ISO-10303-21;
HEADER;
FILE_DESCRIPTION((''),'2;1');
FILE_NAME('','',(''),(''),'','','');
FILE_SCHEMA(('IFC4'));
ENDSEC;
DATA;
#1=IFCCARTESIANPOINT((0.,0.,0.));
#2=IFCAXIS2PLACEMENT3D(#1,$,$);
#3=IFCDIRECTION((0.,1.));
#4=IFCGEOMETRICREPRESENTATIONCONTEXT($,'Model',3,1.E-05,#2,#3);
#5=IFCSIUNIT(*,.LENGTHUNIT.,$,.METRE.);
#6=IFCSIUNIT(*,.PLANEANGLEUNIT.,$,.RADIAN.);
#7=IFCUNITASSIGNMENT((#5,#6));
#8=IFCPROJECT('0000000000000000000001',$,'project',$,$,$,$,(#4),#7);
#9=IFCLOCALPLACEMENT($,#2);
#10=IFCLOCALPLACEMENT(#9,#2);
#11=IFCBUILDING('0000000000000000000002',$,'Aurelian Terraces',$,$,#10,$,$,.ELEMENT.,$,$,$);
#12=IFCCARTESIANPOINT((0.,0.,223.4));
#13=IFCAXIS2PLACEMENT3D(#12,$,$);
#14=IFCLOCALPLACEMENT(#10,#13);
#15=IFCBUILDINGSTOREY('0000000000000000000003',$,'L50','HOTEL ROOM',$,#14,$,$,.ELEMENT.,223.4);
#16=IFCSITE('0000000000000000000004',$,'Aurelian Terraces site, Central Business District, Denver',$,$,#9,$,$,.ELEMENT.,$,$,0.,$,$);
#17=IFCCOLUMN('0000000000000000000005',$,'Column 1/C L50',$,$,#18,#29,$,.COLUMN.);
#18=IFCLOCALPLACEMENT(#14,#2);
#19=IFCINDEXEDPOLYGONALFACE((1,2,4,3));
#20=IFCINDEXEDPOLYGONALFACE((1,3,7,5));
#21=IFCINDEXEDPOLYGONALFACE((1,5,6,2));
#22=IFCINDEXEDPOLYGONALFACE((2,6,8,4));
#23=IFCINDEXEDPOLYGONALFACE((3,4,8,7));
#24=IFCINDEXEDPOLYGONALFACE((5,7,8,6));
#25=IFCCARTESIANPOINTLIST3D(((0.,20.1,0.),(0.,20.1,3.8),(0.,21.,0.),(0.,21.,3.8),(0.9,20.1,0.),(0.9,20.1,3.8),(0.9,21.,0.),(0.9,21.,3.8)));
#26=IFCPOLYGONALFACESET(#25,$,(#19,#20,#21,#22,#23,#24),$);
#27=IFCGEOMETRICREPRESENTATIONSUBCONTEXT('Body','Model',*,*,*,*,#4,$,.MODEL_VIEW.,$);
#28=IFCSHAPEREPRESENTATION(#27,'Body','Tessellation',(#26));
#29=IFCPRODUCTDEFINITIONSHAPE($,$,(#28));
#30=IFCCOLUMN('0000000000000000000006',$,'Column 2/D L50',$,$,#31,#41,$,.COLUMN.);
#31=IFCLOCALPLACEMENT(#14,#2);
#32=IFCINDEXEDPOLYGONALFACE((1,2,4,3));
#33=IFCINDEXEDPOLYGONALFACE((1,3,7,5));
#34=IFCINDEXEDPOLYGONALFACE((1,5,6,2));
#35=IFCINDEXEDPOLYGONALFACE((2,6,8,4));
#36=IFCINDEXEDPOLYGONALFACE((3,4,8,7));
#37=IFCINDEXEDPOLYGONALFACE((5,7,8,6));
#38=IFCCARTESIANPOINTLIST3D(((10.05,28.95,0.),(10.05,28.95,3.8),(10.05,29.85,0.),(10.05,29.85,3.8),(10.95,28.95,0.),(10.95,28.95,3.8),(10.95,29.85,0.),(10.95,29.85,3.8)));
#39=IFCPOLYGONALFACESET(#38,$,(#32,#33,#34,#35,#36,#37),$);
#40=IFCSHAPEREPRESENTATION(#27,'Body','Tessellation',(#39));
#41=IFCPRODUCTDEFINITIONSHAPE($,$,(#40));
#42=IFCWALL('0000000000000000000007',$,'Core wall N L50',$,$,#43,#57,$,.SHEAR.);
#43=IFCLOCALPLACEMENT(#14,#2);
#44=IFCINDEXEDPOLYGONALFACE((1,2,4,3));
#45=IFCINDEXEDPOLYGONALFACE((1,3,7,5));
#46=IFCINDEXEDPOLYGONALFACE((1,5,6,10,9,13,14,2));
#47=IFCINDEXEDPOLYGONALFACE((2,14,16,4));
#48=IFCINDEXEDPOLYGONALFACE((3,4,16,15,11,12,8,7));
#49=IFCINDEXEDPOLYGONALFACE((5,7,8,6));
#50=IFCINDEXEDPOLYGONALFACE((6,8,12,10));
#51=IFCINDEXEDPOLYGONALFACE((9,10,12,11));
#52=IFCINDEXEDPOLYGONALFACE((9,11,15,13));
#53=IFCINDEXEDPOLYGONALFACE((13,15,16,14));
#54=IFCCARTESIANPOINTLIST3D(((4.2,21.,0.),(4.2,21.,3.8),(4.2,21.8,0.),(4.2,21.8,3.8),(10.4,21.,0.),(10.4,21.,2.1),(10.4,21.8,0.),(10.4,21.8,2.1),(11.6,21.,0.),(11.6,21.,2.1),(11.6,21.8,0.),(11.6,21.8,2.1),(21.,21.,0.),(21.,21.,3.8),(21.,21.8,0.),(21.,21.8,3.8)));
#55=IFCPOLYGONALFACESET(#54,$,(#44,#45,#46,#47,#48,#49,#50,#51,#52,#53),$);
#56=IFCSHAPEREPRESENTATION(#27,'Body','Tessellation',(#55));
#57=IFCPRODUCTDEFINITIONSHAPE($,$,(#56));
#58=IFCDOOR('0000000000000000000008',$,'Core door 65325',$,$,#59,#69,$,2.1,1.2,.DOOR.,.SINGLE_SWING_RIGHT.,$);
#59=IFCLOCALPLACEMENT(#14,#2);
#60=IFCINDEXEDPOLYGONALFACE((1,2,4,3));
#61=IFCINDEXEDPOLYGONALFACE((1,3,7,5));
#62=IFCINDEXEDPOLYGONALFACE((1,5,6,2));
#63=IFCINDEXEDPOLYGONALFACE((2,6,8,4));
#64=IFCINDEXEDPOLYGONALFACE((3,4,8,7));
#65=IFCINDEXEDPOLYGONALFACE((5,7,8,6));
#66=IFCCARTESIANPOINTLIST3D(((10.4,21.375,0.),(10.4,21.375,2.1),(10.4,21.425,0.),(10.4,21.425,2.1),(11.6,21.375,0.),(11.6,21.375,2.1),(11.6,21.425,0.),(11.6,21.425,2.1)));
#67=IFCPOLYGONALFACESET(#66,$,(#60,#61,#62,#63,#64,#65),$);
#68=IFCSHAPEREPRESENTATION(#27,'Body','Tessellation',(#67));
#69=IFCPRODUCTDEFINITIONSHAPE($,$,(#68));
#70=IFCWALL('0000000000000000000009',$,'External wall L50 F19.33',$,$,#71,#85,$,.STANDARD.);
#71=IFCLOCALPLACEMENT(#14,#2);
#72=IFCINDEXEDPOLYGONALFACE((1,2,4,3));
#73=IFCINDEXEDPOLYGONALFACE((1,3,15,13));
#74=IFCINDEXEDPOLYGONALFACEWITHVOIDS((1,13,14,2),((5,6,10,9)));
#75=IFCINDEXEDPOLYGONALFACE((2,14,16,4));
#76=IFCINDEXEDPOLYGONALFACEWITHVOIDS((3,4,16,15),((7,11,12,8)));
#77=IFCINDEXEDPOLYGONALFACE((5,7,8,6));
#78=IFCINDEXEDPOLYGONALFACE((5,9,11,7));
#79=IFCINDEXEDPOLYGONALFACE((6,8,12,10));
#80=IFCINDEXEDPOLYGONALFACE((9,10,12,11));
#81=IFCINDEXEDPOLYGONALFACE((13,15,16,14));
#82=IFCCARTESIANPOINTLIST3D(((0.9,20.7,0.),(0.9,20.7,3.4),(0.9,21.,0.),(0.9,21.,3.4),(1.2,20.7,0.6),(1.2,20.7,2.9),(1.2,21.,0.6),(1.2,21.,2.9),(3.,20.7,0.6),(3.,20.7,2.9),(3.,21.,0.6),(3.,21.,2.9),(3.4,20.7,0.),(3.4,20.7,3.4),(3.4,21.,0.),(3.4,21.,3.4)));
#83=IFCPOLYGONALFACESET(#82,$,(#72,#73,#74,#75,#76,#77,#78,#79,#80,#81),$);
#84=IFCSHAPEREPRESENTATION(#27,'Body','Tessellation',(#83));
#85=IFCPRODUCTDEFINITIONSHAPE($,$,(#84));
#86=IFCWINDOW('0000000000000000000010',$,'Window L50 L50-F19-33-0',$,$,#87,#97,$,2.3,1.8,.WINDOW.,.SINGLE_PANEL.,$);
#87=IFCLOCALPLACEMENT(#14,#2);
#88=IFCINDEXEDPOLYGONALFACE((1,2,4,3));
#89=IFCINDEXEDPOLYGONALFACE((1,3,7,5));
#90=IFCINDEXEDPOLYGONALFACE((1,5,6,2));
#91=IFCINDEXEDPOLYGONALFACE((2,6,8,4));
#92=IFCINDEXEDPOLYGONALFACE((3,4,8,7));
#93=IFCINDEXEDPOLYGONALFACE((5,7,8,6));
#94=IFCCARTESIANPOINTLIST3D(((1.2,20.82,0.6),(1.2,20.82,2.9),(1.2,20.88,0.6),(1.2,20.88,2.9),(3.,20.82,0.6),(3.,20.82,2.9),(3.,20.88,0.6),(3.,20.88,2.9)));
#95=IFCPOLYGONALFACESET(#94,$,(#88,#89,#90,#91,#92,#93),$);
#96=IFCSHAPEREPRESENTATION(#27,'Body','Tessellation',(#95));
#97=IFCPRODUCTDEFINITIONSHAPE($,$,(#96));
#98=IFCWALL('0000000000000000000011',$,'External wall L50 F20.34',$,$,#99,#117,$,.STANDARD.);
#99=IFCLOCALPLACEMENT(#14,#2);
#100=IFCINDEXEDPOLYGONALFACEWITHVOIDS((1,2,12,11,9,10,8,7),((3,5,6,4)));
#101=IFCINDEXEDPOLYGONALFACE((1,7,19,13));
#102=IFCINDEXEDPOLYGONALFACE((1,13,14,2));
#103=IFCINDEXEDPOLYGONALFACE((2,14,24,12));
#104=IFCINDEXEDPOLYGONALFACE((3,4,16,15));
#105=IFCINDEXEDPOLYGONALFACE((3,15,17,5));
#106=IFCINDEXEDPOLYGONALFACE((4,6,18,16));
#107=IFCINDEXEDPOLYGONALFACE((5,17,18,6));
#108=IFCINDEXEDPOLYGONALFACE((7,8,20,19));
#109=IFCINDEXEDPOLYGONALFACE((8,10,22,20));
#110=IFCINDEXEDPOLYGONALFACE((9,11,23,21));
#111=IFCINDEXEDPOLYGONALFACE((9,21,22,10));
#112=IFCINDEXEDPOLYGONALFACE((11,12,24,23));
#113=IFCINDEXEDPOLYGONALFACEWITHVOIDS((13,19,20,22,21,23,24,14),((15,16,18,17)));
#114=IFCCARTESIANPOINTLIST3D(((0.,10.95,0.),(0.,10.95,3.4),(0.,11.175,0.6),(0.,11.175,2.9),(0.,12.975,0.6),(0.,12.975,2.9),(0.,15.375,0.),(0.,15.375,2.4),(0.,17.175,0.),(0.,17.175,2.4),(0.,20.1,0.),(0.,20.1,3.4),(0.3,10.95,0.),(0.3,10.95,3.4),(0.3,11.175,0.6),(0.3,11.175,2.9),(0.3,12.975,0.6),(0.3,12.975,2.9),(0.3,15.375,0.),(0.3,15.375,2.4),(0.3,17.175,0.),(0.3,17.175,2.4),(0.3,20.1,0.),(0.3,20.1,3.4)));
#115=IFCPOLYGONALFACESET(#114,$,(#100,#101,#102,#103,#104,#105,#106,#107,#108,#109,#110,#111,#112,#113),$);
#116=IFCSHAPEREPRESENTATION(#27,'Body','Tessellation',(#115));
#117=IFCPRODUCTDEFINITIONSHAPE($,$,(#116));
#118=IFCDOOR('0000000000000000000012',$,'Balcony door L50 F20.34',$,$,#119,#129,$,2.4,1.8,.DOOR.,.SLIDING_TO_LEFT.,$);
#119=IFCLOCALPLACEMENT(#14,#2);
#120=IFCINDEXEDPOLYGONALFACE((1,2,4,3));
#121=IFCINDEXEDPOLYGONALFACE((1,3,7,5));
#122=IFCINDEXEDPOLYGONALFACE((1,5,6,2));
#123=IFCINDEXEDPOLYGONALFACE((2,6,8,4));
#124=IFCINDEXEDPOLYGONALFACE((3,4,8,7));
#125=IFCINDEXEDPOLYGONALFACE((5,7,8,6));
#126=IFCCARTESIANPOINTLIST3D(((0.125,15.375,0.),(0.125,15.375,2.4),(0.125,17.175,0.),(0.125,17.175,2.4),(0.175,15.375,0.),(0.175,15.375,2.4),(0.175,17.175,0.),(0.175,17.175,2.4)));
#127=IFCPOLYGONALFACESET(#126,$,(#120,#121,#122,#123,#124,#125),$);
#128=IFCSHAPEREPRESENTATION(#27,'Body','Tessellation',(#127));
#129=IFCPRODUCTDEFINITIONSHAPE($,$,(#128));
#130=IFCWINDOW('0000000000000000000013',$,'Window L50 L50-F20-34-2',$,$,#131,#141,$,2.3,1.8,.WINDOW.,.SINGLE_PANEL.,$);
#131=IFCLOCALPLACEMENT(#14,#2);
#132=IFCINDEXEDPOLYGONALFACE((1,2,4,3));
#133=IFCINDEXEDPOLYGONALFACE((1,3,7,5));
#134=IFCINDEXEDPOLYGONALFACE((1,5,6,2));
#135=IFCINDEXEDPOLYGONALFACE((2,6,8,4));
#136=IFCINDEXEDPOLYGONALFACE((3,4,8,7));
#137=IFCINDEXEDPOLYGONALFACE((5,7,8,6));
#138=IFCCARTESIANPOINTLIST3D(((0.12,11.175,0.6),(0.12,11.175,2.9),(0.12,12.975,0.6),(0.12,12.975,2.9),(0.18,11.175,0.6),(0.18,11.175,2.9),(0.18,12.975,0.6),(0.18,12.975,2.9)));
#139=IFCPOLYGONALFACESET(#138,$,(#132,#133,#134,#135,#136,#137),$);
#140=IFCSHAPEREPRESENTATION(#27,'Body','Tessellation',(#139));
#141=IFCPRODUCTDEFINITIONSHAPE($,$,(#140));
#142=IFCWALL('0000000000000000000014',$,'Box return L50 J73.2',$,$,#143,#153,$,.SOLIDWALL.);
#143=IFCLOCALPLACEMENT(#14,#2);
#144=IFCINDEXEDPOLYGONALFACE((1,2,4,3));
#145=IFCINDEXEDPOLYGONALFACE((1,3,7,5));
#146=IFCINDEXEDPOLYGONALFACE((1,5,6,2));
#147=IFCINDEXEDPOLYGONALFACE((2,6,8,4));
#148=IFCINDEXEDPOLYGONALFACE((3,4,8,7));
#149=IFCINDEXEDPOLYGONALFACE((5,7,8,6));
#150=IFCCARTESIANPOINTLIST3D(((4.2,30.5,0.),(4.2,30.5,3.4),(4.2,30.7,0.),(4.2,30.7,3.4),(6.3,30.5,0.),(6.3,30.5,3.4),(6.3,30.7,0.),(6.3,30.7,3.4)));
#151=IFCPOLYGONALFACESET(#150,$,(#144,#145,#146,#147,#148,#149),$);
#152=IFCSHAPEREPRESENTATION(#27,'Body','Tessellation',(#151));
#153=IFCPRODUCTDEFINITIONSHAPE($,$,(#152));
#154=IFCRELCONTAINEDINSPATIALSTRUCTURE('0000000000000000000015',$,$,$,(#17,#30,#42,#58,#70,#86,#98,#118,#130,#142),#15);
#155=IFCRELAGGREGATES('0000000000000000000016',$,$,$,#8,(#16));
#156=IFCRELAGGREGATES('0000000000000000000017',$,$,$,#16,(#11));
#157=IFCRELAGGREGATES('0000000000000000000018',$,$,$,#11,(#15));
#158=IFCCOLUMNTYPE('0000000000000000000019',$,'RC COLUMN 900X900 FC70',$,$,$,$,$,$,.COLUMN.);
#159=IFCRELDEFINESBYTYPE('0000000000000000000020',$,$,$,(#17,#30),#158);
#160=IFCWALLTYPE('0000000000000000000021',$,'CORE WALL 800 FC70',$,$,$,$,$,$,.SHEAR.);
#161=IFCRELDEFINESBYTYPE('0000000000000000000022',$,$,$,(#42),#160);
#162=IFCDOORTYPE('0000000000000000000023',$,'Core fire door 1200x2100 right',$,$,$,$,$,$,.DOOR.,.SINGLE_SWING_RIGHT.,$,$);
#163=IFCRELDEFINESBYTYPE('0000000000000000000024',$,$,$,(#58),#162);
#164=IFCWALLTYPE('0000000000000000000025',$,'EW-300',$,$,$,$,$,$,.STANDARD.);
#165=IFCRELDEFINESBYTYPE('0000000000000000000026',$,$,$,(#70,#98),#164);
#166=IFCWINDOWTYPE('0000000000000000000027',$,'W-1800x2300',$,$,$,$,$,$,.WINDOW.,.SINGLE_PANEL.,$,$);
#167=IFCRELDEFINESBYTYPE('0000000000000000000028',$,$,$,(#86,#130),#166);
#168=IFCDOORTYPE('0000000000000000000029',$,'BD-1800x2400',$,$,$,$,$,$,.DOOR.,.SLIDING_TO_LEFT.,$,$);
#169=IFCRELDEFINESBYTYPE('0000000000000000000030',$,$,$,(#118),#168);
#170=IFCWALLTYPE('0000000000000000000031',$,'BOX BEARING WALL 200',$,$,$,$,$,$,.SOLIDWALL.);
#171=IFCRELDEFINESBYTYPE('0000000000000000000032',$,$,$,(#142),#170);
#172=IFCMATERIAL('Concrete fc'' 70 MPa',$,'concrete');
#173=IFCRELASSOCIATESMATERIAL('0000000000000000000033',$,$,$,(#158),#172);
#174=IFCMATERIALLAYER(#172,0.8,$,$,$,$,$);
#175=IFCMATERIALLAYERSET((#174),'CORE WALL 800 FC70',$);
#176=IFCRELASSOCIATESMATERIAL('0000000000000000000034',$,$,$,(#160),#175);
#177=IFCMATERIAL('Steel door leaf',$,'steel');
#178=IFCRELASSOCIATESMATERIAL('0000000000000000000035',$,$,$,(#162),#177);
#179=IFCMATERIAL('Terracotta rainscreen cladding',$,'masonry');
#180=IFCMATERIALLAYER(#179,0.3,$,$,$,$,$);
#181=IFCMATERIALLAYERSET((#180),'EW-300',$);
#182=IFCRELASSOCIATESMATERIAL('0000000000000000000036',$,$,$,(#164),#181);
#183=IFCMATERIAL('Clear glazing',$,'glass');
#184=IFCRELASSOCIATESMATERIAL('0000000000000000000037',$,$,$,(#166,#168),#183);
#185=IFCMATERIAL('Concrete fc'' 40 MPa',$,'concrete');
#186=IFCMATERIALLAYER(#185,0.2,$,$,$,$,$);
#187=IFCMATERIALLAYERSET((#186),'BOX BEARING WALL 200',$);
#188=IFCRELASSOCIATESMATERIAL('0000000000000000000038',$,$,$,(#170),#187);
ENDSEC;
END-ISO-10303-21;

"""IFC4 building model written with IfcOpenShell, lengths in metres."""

from ifc_helpers import new_model, si_unit, direction, frame, frame_2d, origin, origin_2d, place, context, subcontext, project, spatial, rectangle, extrude, source, transform, mapped, material, layer, layer_set, material_profile, profile_set, type_object, element, fill, save


model = new_model("IFC4")

# Units and contexts
model_context = context("Model", 3, precision=1e-05, world=origin(), true_north=direction((0.0, 1.0)))
body_context = subcontext(model_context, "Body", "Model", "MODEL_VIEW")
ifc_project = project(units=[si_unit("LENGTHUNIT", "METRE"), si_unit("PLANEANGLEUNIT", "RADIAN")], contexts=[model_context])

# Site, building, storey
site_placement = place(None, origin())
site = spatial("IfcSite", under=ifc_project, at=site_placement, Name="Aurelian Terraces site, Central Business District, Denver", CompositionType="ELEMENT", RefElevation=0.0)
building_placement = place(site_placement, origin())
building = spatial("IfcBuilding", under=site, at=building_placement, Name="Aurelian Terraces", CompositionType="ELEMENT")
storey_placement = place(building_placement, frame((0.0, 0.0, 223.4)))
storey = spatial("IfcBuildingStorey", under=building, at=storey_placement, Name="L50", Description="HOTEL ROOM", CompositionType="ELEMENT", Elevation=223.4)

# Columns
ifc_material_1 = material(Name="Concrete fc' 70 MPa", Category="concrete")
ifc_material_profile = material_profile(ifc_material_1, rectangle(XDim=0.9, YDim=0.9, at=origin_2d()))
ifc_profile_set = profile_set([ifc_material_profile], Name="Concrete fc' 70 MPa")
column_type = type_object("IfcColumnType", Name="RC COLUMN 900X900 FC70", PredefinedType="COLUMN", material=ifc_profile_set)
shared_shape_1 = source(origin(), body_context, "Body", "SweptSolid", [
    extrude(rectangle(XDim=0.9, YDim=0.9, at=origin_2d()), origin(), (0.0, 0.0, 1.0), 3.8),
])
for number, where, z_axis, x_axis, name in (
    (1, (0.45, 20.55, 0.0), (0.0, 0.0, 1.0), (1.0, 0.0, 0.0), "Column 1/C L50"),
    (2, (10.5, 29.4, 0.0), (0.0, 0.0, 1.0), (1.0, 0.0, 0.0), "Column 2/D L50"),
):
    element("IfcColumn", number, at=place(storey_placement, frame(where, z_axis=z_axis, x_axis=x_axis)), inside=storey, type_object=column_type, Name=name, PredefinedType="COLUMN", context=body_context, shape_type="MappedRepresentation", body=[
        mapped(shared_shape_1, transform((0.0, 0.0, 0.0), scale=1.0)),
    ])

# Wall, opening, door
ifc_layer_1 = layer(ifc_material_1, 0.8)
ifc_layer_set_1 = layer_set([ifc_layer_1], Name="CORE WALL 800 FC70")
wall_type_1 = type_object("IfcWallType", Name="CORE WALL 800 FC70", PredefinedType="SHEAR", material=ifc_layer_set_1)
shared_shape_2 = source(origin(), body_context, "Body", "SweptSolid", [
    extrude(rectangle(XDim=16.8, YDim=0.8, at=frame_2d((8.4, 0.0))), origin(), (0.0, 0.0, 1.0), 3.8),
])
wall_1_placement = place(storey_placement, frame((4.2, 21.4, 0.0), z_axis=(0.0, 0.0, 1.0), x_axis=(1.0, 0.0, 0.0)))
wall_1 = element("IfcWall", 3, at=wall_1_placement, inside=storey, type_object=wall_type_1, Name="Core wall N L50", PredefinedType="SHEAR", context=body_context, shape_type="MappedRepresentation", body=[
    mapped(shared_shape_2, transform((0.0, 0.0, 0.0), scale=1.0)),
])
shared_shape_3 = source(origin(), body_context, "Body", "SweptSolid", [
    extrude(rectangle(XDim=1.2, YDim=2.1, at=frame_2d((0.6, 1.05))), frame((0.0, 0.41, 0.0), z_axis=(0.0, -1.0, 0.0), x_axis=(1.0, 0.0, 0.0)), (0.0, 0.0, 1.0), 0.82),
])
opening_1_placement = place(wall_1_placement, frame((6.2, 0.0, 0.0)))
opening_1 = element("IfcOpeningElement", 4, at=opening_1_placement, cuts=wall_1, PredefinedType="OPENING", context=body_context, shape_type="MappedRepresentation", body=[
    mapped(shared_shape_3, transform((0.0, 0.0, 0.0), scale=1.0)),
])
ifc_material_2 = material(Name="Steel door leaf", Category="steel")
door_type_1 = type_object("IfcDoorType", Name="Core fire door 1200x2100 right", OperationType="SINGLE_SWING_RIGHT", PredefinedType="DOOR", material=ifc_material_2)
shared_shape_4 = source(origin(), body_context, "Body", "SweptSolid", [
    extrude(rectangle(XDim=1.2, YDim=2.1, at=frame_2d((0.6, 1.05))), frame((0.0, 0.025, 0.0), z_axis=(0.0, -1.0, 0.0), x_axis=(1.0, 0.0, 0.0)), (0.0, 0.0, 1.0), 0.05),
])
door_1_placement = place(opening_1_placement, origin())
door_1 = element("IfcDoor", 5, at=door_1_placement, inside=storey, type_object=door_type_1, Name="Core door 65325", OperationType="SINGLE_SWING_RIGHT", OverallHeight=2.1, OverallWidth=1.2, PredefinedType="DOOR", context=body_context, shape_type="MappedRepresentation", body=[
    mapped(shared_shape_4, transform((0.0, 0.0, 0.0), scale=1.0)),
])
fill(opening_1, door_1)

# Wall, opening, window
ifc_material_3 = material(Name="Terracotta rainscreen cladding", Category="masonry")
ifc_layer_2 = layer(ifc_material_3, 0.3)
ifc_layer_set_2 = layer_set([ifc_layer_2], Name="EW-300")
wall_type_2 = type_object("IfcWallType", Name="EW-300", PredefinedType="STANDARD", material=ifc_layer_set_2)
shared_shape_5 = source(origin(), body_context, "Body", "SweptSolid", [
    extrude(rectangle(XDim=2.5, YDim=0.3, at=frame_2d((1.25, 0.0))), origin(), (0.0, 0.0, 1.0), 3.4),
])
wall_2_placement = place(storey_placement, frame((3.4, 20.85, 0.0), z_axis=(0.0, 0.0, 1.0), x_axis=(-1.0, 0.0, 0.0)))
wall_2 = element("IfcWall", 6, at=wall_2_placement, inside=storey, type_object=wall_type_2, Name="External wall L50 F19.33", PredefinedType="STANDARD", context=body_context, shape_type="MappedRepresentation", body=[
    mapped(shared_shape_5, transform((0.0, 0.0, 0.0), scale=1.0)),
])
shared_shape_6 = source(origin(), body_context, "Body", "SweptSolid", [
    extrude(rectangle(XDim=1.8, YDim=2.3, at=frame_2d((0.9, 1.15))), frame((0.0, 0.16, 0.0), z_axis=(0.0, -1.0, 0.0), x_axis=(1.0, 0.0, 0.0)), (0.0, 0.0, 1.0), 0.32),
])
opening_2_placement = place(wall_2_placement, frame((0.4, 0.0, 0.6)))
opening_2 = element("IfcOpeningElement", 7, at=opening_2_placement, cuts=wall_2, PredefinedType="OPENING", context=body_context, shape_type="MappedRepresentation", body=[
    mapped(shared_shape_6, transform((0.0, 0.0, 0.0), scale=1.0)),
])
ifc_material_4 = material(Name="Clear glazing", Category="glass")
window_type = type_object("IfcWindowType", Name="W-1800x2300", PartitioningType="SINGLE_PANEL", PredefinedType="WINDOW", material=ifc_material_4)
shared_shape_7 = source(origin(), body_context, "Body", "SweptSolid", [
    extrude(rectangle(XDim=1.8, YDim=2.3, at=frame_2d((0.9, 1.15))), frame((0.0, 0.03, 0.0), z_axis=(0.0, -1.0, 0.0), x_axis=(1.0, 0.0, 0.0)), (0.0, 0.0, 1.0), 0.06),
])
window_1_placement = place(opening_2_placement, origin())
window_1 = element("IfcWindow", 8, at=window_1_placement, inside=storey, type_object=window_type, Name="Window L50 L50-F19-33-0", OverallHeight=2.3, OverallWidth=1.8, PartitioningType="SINGLE_PANEL", PredefinedType="WINDOW", context=body_context, shape_type="MappedRepresentation", body=[
    mapped(shared_shape_7, transform((0.0, 0.0, 0.0), scale=1.0)),
])
fill(opening_2, window_1)

# Wall, openings, door, window
shared_shape_8 = source(origin(), body_context, "Body", "SweptSolid", [
    extrude(rectangle(XDim=9.15, YDim=0.3, at=frame_2d((4.575, 0.0))), origin(), (0.0, 0.0, 1.0), 3.4),
])
wall_3_placement = place(storey_placement, frame((0.15, 20.1, 0.0), z_axis=(0.0, 0.0, 1.0), x_axis=(0.0, -1.0, 0.0)))
wall_3 = element("IfcWall", 9, at=wall_3_placement, inside=storey, type_object=wall_type_2, Name="External wall L50 F20.34", PredefinedType="STANDARD", context=body_context, shape_type="MappedRepresentation", body=[
    mapped(shared_shape_8, transform((0.0, 0.0, 0.0), scale=1.0)),
])
shared_shape_9 = source(origin(), body_context, "Body", "SweptSolid", [
    extrude(rectangle(XDim=1.8, YDim=2.4, at=frame_2d((0.9, 1.2))), frame((0.0, 0.16, 0.0), z_axis=(0.0, -1.0, 0.0), x_axis=(1.0, 0.0, 0.0)), (0.0, 0.0, 1.0), 0.32),
])
opening_3_placement = place(wall_3_placement, frame((2.925, 0.0, 0.0)))
opening_3 = element("IfcOpeningElement", 10, at=opening_3_placement, cuts=wall_3, PredefinedType="OPENING", context=body_context, shape_type="MappedRepresentation", body=[
    mapped(shared_shape_9, transform((0.0, 0.0, 0.0), scale=1.0)),
])
opening_4_placement = place(wall_3_placement, frame((7.125, 0.0, 0.6)))
opening_4 = element("IfcOpeningElement", 11, at=opening_4_placement, cuts=wall_3, PredefinedType="OPENING", context=body_context, shape_type="MappedRepresentation", body=[
    mapped(shared_shape_6, transform((0.0, 0.0, 0.0), scale=1.0)),
])
door_type_2 = type_object("IfcDoorType", Name="BD-1800x2400", OperationType="SLIDING_TO_LEFT", PredefinedType="DOOR", material=ifc_material_4)
shared_shape_10 = source(origin(), body_context, "Body", "SweptSolid", [
    extrude(rectangle(XDim=1.8, YDim=2.4, at=frame_2d((0.9, 1.2))), frame((0.0, 0.025, 0.0), z_axis=(0.0, -1.0, 0.0), x_axis=(1.0, 0.0, 0.0)), (0.0, 0.0, 1.0), 0.05),
])
door_2_placement = place(opening_3_placement, origin())
door_2 = element("IfcDoor", 12, at=door_2_placement, inside=storey, type_object=door_type_2, Name="Balcony door L50 F20.34", OperationType="SLIDING_TO_LEFT", OverallHeight=2.4, OverallWidth=1.8, PredefinedType="DOOR", context=body_context, shape_type="MappedRepresentation", body=[
    mapped(shared_shape_10, transform((0.0, 0.0, 0.0), scale=1.0)),
])
fill(opening_3, door_2)
window_2_placement = place(opening_4_placement, origin())
window_2 = element("IfcWindow", 13, at=window_2_placement, inside=storey, type_object=window_type, Name="Window L50 L50-F20-34-2", OverallHeight=2.3, OverallWidth=1.8, PartitioningType="SINGLE_PANEL", PredefinedType="WINDOW", context=body_context, shape_type="MappedRepresentation", body=[
    mapped(shared_shape_7, transform((0.0, 0.0, 0.0), scale=1.0)),
])
fill(opening_4, window_2)

# Wall
ifc_material_5 = material(Name="Concrete fc' 40 MPa", Category="concrete")
ifc_layer_3 = layer(ifc_material_5, 0.2)
ifc_layer_set_3 = layer_set([ifc_layer_3], Name="BOX BEARING WALL 200")
wall_type_3 = type_object("IfcWallType", Name="BOX BEARING WALL 200", PredefinedType="SOLIDWALL", material=ifc_layer_set_3)
shared_shape_11 = source(origin(), body_context, "Body", "SweptSolid", [
    extrude(rectangle(XDim=2.1, YDim=0.2, at=frame_2d((1.05, 0.0))), origin(), (0.0, 0.0, 1.0), 3.4),
])
wall_4_placement = place(storey_placement, frame((6.3, 30.6, 0.0), z_axis=(0.0, 0.0, 1.0), x_axis=(-1.0, 0.0, 0.0)))
element("IfcWall", 14, at=wall_4_placement, inside=storey, type_object=wall_type_3, Name="Box return L50 J73.2", PredefinedType="SOLIDWALL", context=body_context, shape_type="MappedRepresentation", body=[
    mapped(shared_shape_11, transform((0.0, 0.0, 0.0), scale=1.0)),
])

save(model, "model.ifc")
